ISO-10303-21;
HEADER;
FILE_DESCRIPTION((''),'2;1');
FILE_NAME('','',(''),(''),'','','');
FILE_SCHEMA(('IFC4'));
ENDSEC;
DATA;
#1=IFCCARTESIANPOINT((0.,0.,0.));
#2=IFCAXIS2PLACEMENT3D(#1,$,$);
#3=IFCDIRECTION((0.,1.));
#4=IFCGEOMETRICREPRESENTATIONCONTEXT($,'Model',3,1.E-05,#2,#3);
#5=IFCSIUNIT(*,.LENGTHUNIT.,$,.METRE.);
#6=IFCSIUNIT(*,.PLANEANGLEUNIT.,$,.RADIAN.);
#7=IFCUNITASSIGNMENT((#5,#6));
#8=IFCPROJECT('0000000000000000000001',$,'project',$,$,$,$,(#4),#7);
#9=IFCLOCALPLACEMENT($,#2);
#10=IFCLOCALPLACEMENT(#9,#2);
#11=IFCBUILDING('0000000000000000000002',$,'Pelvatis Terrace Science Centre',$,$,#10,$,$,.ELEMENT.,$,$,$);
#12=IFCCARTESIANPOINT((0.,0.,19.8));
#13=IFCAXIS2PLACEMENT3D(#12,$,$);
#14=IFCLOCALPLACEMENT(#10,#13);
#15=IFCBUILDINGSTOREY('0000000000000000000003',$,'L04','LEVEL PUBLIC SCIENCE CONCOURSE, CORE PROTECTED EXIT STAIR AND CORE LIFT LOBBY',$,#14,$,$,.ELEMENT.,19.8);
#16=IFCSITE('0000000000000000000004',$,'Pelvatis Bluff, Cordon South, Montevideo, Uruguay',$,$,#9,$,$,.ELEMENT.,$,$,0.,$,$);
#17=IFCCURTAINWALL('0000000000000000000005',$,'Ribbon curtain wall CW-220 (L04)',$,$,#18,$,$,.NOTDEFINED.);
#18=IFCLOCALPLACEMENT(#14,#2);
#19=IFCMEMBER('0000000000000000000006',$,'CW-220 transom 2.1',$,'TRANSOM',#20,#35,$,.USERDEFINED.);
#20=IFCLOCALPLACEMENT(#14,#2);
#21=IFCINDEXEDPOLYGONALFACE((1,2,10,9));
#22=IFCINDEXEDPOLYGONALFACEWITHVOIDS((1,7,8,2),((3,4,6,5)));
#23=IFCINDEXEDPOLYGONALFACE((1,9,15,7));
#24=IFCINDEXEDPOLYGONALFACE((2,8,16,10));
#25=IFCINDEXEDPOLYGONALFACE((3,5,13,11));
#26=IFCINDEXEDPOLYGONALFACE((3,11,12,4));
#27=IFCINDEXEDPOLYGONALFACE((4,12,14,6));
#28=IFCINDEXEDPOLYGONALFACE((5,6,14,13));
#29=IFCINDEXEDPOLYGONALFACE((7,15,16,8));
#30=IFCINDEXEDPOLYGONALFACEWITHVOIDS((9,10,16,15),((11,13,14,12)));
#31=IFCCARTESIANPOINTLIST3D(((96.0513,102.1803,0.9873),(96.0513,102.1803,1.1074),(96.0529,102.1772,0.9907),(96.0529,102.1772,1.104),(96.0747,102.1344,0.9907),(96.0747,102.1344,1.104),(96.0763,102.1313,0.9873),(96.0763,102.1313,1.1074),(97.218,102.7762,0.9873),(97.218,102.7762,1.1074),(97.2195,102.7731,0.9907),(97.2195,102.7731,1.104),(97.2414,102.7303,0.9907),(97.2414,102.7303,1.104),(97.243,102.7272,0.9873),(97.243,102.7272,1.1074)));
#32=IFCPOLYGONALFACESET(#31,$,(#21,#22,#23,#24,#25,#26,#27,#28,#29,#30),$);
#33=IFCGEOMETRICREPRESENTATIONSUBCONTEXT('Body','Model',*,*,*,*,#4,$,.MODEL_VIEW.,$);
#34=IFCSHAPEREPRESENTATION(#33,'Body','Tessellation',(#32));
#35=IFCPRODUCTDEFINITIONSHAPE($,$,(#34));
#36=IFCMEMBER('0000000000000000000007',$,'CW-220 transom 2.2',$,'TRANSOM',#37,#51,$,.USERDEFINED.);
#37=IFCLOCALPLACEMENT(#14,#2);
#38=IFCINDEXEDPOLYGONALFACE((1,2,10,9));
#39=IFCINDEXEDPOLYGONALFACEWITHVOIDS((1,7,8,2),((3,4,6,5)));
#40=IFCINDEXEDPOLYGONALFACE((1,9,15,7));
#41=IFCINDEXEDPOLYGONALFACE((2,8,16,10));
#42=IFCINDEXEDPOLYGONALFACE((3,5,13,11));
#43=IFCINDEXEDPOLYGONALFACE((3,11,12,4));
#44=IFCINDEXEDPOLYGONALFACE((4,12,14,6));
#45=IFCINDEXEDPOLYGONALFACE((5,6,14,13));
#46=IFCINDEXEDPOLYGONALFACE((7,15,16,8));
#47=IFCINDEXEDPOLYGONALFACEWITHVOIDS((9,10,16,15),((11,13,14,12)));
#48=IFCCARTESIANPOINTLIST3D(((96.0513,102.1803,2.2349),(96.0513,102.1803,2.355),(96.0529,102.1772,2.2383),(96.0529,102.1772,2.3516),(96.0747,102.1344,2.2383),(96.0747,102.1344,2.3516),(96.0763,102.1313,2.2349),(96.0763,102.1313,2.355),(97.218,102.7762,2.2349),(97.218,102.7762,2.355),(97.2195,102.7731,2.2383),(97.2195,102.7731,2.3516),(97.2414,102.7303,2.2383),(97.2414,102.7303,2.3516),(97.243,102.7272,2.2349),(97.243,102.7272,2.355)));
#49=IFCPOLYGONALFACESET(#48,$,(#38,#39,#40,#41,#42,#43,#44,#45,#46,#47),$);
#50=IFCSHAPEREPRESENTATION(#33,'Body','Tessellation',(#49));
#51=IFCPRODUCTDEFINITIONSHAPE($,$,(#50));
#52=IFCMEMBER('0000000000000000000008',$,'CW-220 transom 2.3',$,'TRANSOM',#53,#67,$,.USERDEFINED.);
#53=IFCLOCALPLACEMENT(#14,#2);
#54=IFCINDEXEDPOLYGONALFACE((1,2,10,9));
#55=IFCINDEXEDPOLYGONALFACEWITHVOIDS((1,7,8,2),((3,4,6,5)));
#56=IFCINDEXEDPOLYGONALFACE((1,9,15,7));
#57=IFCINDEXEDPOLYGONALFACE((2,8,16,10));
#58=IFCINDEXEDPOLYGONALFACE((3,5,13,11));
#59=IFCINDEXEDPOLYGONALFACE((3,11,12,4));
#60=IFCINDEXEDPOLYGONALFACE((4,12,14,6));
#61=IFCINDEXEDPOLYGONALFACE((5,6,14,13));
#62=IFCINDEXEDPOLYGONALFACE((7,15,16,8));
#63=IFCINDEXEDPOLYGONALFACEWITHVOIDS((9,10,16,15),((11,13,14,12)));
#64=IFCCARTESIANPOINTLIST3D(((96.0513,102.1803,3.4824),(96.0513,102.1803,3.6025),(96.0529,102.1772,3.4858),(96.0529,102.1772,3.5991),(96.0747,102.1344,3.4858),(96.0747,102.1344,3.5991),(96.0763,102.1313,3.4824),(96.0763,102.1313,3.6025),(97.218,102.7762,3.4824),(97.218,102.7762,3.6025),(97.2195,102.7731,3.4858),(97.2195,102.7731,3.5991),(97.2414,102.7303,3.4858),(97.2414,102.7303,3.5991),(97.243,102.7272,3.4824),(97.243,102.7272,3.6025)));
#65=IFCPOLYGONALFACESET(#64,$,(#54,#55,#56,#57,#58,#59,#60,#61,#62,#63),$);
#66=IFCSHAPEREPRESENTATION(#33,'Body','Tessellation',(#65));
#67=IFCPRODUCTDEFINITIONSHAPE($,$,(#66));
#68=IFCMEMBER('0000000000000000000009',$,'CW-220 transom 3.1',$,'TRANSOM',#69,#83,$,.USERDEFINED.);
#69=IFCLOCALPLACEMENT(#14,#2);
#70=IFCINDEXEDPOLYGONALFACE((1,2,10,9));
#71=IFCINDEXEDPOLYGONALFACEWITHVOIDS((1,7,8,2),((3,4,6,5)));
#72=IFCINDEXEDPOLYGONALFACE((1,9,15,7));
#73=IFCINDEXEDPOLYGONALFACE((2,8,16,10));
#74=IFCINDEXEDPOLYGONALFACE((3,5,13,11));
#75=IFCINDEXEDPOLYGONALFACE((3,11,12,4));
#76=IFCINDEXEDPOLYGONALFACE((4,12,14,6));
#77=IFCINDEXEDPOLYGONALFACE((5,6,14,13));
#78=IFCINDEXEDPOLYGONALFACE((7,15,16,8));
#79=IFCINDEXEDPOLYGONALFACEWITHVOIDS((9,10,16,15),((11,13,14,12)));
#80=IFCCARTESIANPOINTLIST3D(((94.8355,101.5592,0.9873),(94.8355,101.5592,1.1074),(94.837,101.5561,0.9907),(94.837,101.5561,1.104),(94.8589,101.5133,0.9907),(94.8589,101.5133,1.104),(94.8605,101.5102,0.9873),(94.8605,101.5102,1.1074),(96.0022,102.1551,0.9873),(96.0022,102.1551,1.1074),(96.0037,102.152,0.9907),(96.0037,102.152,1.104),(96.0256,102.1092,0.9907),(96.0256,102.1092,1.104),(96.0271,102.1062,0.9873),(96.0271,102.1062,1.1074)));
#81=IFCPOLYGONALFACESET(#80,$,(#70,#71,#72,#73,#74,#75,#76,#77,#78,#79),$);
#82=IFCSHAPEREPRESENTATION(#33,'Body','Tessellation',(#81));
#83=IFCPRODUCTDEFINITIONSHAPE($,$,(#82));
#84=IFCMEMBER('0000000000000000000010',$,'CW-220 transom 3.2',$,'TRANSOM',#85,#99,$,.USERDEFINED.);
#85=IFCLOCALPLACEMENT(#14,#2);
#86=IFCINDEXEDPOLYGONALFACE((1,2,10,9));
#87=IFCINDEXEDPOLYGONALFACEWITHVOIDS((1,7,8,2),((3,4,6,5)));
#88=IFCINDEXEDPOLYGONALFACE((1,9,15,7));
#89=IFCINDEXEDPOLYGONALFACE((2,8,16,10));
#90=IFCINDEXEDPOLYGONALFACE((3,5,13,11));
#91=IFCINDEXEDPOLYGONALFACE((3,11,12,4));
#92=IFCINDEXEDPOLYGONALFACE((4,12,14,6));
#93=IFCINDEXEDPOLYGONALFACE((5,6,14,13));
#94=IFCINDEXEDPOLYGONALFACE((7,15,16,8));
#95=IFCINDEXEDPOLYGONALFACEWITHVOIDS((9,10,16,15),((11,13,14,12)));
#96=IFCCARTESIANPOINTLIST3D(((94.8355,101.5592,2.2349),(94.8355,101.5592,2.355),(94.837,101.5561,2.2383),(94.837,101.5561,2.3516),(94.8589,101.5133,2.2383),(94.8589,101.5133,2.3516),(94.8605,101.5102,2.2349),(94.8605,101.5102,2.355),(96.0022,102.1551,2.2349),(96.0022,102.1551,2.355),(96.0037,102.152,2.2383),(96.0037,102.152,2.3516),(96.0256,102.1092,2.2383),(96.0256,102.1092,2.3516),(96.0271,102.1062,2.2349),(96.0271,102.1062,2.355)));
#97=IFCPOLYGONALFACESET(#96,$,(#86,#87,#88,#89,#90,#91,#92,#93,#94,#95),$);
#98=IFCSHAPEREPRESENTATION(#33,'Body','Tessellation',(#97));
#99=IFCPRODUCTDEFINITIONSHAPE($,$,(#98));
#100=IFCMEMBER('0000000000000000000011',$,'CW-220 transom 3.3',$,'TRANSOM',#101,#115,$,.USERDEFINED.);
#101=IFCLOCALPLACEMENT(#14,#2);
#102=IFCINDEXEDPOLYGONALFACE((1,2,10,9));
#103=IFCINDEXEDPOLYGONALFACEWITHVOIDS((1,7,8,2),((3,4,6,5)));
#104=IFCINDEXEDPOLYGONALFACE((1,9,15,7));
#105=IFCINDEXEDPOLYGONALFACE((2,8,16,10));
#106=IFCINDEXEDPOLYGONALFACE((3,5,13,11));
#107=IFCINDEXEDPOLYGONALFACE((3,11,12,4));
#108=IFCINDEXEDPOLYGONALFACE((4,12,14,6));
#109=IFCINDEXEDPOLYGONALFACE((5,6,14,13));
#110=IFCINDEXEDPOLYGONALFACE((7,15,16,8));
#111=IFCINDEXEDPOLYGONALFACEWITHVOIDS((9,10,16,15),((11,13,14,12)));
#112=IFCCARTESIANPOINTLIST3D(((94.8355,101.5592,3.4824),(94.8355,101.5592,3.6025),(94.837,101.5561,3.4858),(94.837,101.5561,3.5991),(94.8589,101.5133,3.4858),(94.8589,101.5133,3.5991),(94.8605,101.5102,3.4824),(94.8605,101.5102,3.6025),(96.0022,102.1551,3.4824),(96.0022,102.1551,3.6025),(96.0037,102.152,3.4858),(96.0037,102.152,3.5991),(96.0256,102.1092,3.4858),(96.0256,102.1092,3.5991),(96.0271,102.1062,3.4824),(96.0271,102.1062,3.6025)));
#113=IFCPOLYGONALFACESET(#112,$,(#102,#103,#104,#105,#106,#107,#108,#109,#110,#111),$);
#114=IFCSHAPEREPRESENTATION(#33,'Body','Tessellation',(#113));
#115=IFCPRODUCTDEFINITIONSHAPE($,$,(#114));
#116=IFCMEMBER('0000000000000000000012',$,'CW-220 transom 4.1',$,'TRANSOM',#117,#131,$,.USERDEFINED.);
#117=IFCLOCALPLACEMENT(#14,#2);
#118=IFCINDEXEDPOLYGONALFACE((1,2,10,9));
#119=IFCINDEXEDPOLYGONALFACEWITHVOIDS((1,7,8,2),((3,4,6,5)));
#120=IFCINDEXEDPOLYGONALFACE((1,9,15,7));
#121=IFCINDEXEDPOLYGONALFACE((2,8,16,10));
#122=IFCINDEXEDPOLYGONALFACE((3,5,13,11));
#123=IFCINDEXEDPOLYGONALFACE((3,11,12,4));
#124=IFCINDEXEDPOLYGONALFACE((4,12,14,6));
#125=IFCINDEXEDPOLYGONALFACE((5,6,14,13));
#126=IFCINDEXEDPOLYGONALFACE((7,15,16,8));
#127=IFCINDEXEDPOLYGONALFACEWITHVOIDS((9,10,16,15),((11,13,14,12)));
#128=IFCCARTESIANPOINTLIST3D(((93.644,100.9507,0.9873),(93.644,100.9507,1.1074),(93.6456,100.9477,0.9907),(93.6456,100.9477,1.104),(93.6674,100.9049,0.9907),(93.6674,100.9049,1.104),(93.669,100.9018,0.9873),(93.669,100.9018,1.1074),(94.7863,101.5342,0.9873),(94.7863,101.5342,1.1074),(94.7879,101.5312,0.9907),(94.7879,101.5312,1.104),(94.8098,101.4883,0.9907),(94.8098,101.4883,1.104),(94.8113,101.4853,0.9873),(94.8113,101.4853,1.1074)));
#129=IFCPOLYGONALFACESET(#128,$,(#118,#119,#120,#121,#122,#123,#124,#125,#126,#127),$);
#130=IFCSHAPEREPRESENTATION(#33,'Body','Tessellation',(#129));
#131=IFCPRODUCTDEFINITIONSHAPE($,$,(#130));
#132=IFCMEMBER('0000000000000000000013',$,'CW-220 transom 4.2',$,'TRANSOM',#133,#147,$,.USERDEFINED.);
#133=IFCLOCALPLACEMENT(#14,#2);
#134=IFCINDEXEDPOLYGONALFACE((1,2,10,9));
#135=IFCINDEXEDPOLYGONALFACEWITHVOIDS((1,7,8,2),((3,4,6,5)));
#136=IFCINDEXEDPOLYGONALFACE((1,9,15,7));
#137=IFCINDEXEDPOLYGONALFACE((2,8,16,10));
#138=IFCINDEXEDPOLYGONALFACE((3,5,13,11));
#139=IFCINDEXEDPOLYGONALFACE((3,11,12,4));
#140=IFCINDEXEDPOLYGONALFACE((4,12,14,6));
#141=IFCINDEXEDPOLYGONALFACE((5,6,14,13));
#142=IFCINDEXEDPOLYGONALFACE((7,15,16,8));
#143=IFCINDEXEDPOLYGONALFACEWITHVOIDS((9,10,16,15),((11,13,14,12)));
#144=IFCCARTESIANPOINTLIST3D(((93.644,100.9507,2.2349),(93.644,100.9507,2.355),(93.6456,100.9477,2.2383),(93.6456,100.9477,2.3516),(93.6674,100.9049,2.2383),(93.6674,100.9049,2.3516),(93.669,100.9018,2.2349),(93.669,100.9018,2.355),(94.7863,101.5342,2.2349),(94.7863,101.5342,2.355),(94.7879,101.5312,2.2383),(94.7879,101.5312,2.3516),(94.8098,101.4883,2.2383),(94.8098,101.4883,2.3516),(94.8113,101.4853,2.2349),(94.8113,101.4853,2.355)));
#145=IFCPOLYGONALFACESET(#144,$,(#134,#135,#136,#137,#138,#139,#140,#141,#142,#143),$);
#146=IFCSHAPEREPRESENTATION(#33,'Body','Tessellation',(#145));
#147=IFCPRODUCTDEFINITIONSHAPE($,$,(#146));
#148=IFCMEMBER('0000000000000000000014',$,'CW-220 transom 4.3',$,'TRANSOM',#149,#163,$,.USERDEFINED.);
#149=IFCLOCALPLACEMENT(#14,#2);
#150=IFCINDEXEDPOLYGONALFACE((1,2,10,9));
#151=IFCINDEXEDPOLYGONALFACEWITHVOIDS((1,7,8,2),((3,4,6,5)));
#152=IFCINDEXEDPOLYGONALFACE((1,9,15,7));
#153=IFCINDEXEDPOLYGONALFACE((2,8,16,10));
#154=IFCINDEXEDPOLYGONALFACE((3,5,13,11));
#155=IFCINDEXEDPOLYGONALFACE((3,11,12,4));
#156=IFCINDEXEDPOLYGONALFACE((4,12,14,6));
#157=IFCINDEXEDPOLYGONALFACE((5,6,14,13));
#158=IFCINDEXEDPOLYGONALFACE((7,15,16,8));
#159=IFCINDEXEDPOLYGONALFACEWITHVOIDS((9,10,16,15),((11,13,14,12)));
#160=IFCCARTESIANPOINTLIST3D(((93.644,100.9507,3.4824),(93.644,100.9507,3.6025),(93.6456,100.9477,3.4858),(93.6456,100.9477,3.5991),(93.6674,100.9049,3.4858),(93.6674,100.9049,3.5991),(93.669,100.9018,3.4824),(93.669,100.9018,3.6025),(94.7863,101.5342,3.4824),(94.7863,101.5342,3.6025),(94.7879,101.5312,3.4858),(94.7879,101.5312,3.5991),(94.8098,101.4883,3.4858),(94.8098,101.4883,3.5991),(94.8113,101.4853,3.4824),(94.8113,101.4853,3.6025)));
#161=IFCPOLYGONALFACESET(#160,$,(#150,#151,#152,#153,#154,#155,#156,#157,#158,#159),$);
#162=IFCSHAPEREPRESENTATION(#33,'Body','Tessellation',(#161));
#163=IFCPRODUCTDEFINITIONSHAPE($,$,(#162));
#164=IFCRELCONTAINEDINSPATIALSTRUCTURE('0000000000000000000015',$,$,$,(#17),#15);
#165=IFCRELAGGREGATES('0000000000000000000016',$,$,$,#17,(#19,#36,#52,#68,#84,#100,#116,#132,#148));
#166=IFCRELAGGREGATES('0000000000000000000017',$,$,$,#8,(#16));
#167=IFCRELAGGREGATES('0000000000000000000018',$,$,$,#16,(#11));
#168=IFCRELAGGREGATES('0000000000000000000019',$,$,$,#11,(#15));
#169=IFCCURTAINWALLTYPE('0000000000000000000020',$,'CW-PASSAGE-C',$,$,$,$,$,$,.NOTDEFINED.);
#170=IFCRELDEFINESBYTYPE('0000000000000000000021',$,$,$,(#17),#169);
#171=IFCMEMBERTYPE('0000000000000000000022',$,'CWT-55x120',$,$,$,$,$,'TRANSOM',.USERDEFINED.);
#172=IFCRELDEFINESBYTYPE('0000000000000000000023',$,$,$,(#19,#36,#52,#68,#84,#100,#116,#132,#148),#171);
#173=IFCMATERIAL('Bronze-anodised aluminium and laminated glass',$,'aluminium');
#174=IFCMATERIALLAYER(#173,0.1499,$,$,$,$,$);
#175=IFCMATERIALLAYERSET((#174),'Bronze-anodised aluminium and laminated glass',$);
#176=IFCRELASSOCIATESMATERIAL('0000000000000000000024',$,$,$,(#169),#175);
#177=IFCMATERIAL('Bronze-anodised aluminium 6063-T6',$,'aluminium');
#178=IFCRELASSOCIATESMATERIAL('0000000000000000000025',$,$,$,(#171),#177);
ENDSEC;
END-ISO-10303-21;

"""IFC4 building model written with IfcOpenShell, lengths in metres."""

from ifc_helpers import new_model, si_unit, direction, frame, origin, origin_2d, place, context, subcontext, project, spatial, hollow_rectangle, extrude, material, layer, layer_set, material_profile, profile_set, type_object, element, aggregate, save


model = new_model("IFC4")

# Units and contexts
model_context = context("Model", 3, precision=1e-05, world=origin(), true_north=direction((0.0, 1.0)))
body_context = subcontext(model_context, "Body", "Model", "MODEL_VIEW")
ifc_project = project(units=[si_unit("LENGTHUNIT", "METRE"), si_unit("PLANEANGLEUNIT", "RADIAN")], contexts=[model_context])

# Site, building, storey
site_placement = place(None, origin())
site = spatial("IfcSite", under=ifc_project, at=site_placement, Name="Pelvatis Bluff, Cordon South, Montevideo, Uruguay", CompositionType="ELEMENT", RefElevation=0.0)
building_placement = place(site_placement, origin())
building = spatial("IfcBuilding", under=site, at=building_placement, Name="Pelvatis Terrace Science Centre", CompositionType="ELEMENT")
storey_placement = place(building_placement, frame((0.0, 0.0, 19.8)))
storey = spatial("IfcBuildingStorey", under=building, at=storey_placement, Name="L04", Description="LEVEL PUBLIC SCIENCE CONCOURSE, CORE PROTECTED EXIT STAIR AND CORE LIFT LOBBY", CompositionType="ELEMENT", Elevation=19.8)

# Curtain wall
ifc_material_1 = material(Name="Bronze-anodised aluminium and laminated glass", Category="aluminium")
ifc_layer_1 = layer(ifc_material_1, 0.1499)
ifc_layer_set_1 = layer_set([ifc_layer_1], Name="Bronze-anodised aluminium and laminated glass")
curtain_wall_type = type_object("IfcCurtainWallType", Name="CW-PASSAGE-C", PredefinedType="NOTDEFINED", material=ifc_layer_set_1)
curtain_wall_1_placement = place(storey_placement, origin())
curtain_wall_1 = element("IfcCurtainWall", 1, at=curtain_wall_1_placement, inside=storey, type_object=curtain_wall_type, Name="Ribbon curtain wall CW-220 (L04)", PredefinedType="NOTDEFINED")

# Members
ifc_material_2 = material(Name="Bronze-anodised aluminium 6063-T6", Category="aluminium")
ifc_material_profile_1 = material_profile(ifc_material_2, hollow_rectangle(XDim=0.0549, YDim=0.1201, WallThickness=0.0034, at=origin_2d()), Name="ALU-TRN 55x120")
ifc_profile_set_1 = profile_set([ifc_material_profile_1], Name="Bronze-anodised aluminium 6063-T6")
member_type_1 = type_object("IfcMemberType", Name="CWT-55x120", ElementType="TRANSOM", PredefinedType="USERDEFINED", material=ifc_profile_set_1)
member_1_placement = place(storey_placement, frame((97.2305, 102.7517, 1.0474), z_axis=(-0.890555, -0.454875, 0.0), x_axis=(0.454875, -0.890555, 0.0)))
member_1 = element("IfcMember", 2, at=member_1_placement, type_object=member_type_1, Name="CW-220 transom 2.1", ObjectType="TRANSOM", PredefinedType="USERDEFINED", context=body_context, shape_type="SweptSolid", body=[
    extrude(hollow_rectangle(XDim=0.0549, YDim=0.1201, WallThickness=0.0034, at=origin_2d()), origin(), (0.0, 0.0, 1.0), 1.3101),
])
member_2_placement = place(storey_placement, frame((97.2305, 102.7517, 2.2949), z_axis=(-0.890555, -0.454875, 0.0), x_axis=(0.454875, -0.890555, 0.0)))
member_2 = element("IfcMember", 3, at=member_2_placement, type_object=member_type_1, Name="CW-220 transom 2.2", ObjectType="TRANSOM", PredefinedType="USERDEFINED", context=body_context, shape_type="SweptSolid", body=[
    extrude(hollow_rectangle(XDim=0.0549, YDim=0.1201, WallThickness=0.0034, at=origin_2d()), origin(), (0.0, 0.0, 1.0), 1.3101),
])
member_3_placement = place(storey_placement, frame((97.2305, 102.7517, 3.5425), z_axis=(-0.890555, -0.454875, 0.0), x_axis=(0.454875, -0.890555, 0.0)))
member_3 = element("IfcMember", 4, at=member_3_placement, type_object=member_type_1, Name="CW-220 transom 2.3", ObjectType="TRANSOM", PredefinedType="USERDEFINED", context=body_context, shape_type="SweptSolid", body=[
    extrude(hollow_rectangle(XDim=0.0549, YDim=0.1201, WallThickness=0.0034, at=origin_2d()), origin(), (0.0, 0.0, 1.0), 1.3101),
])
member_4_placement = place(storey_placement, frame((96.0146, 102.1306, 1.0474), z_axis=(-0.890555, -0.454875, 0.0), x_axis=(0.454875, -0.890555, 0.0)))
member_4 = element("IfcMember", 5, at=member_4_placement, type_object=member_type_1, Name="CW-220 transom 3.1", ObjectType="TRANSOM", PredefinedType="USERDEFINED", context=body_context, shape_type="SweptSolid", body=[
    extrude(hollow_rectangle(XDim=0.0549, YDim=0.1201, WallThickness=0.0034, at=origin_2d()), origin(), (0.0, 0.0, 1.0), 1.3101),
])
member_5_placement = place(storey_placement, frame((96.0146, 102.1306, 2.2949), z_axis=(-0.890555, -0.454875, 0.0), x_axis=(0.454875, -0.890555, 0.0)))
member_5 = element("IfcMember", 6, at=member_5_placement, type_object=member_type_1, Name="CW-220 transom 3.2", ObjectType="TRANSOM", PredefinedType="USERDEFINED", context=body_context, shape_type="SweptSolid", body=[
    extrude(hollow_rectangle(XDim=0.0549, YDim=0.1201, WallThickness=0.0034, at=origin_2d()), origin(), (0.0, 0.0, 1.0), 1.3101),
])
member_6_placement = place(storey_placement, frame((96.0146, 102.1306, 3.5425), z_axis=(-0.890555, -0.454875, 0.0), x_axis=(0.454875, -0.890555, 0.0)))
member_6 = element("IfcMember", 7, at=member_6_placement, type_object=member_type_1, Name="CW-220 transom 3.3", ObjectType="TRANSOM", PredefinedType="USERDEFINED", context=body_context, shape_type="SweptSolid", body=[
    extrude(hollow_rectangle(XDim=0.0549, YDim=0.1201, WallThickness=0.0034, at=origin_2d()), origin(), (0.0, 0.0, 1.0), 1.3101),
])
member_7_placement = place(storey_placement, frame((94.7988, 101.5098, 1.0474), z_axis=(-0.890549, -0.454886, 0.0), x_axis=(0.454886, -0.890549, 0.0)))
member_7 = element("IfcMember", 8, at=member_7_placement, type_object=member_type_1, Name="CW-220 transom 4.1", ObjectType="TRANSOM", PredefinedType="USERDEFINED", context=body_context, shape_type="SweptSolid", body=[
    extrude(hollow_rectangle(XDim=0.0549, YDim=0.1201, WallThickness=0.0034, at=origin_2d()), origin(), (0.0, 0.0, 1.0), 1.2827),
])
member_8_placement = place(storey_placement, frame((94.7988, 101.5098, 2.2949), z_axis=(-0.890549, -0.454886, 0.0), x_axis=(0.454886, -0.890549, 0.0)))
member_8 = element("IfcMember", 9, at=member_8_placement, type_object=member_type_1, Name="CW-220 transom 4.2", ObjectType="TRANSOM", PredefinedType="USERDEFINED", context=body_context, shape_type="SweptSolid", body=[
    extrude(hollow_rectangle(XDim=0.0549, YDim=0.1201, WallThickness=0.0034, at=origin_2d()), origin(), (0.0, 0.0, 1.0), 1.2827),
])
member_9_placement = place(storey_placement, frame((94.7988, 101.5098, 3.5425), z_axis=(-0.890549, -0.454886, 0.0), x_axis=(0.454886, -0.890549, 0.0)))
member_9 = element("IfcMember", 10, at=member_9_placement, type_object=member_type_1, Name="CW-220 transom 4.3", ObjectType="TRANSOM", PredefinedType="USERDEFINED", context=body_context, shape_type="SweptSolid", body=[
    extrude(hollow_rectangle(XDim=0.0549, YDim=0.1201, WallThickness=0.0034, at=origin_2d()), origin(), (0.0, 0.0, 1.0), 1.2827),
])

aggregate(curtain_wall_1, [member_1, member_2, member_3, member_4, member_5, member_6, member_7, member_8, member_9])

save(model, "model.ifc")
